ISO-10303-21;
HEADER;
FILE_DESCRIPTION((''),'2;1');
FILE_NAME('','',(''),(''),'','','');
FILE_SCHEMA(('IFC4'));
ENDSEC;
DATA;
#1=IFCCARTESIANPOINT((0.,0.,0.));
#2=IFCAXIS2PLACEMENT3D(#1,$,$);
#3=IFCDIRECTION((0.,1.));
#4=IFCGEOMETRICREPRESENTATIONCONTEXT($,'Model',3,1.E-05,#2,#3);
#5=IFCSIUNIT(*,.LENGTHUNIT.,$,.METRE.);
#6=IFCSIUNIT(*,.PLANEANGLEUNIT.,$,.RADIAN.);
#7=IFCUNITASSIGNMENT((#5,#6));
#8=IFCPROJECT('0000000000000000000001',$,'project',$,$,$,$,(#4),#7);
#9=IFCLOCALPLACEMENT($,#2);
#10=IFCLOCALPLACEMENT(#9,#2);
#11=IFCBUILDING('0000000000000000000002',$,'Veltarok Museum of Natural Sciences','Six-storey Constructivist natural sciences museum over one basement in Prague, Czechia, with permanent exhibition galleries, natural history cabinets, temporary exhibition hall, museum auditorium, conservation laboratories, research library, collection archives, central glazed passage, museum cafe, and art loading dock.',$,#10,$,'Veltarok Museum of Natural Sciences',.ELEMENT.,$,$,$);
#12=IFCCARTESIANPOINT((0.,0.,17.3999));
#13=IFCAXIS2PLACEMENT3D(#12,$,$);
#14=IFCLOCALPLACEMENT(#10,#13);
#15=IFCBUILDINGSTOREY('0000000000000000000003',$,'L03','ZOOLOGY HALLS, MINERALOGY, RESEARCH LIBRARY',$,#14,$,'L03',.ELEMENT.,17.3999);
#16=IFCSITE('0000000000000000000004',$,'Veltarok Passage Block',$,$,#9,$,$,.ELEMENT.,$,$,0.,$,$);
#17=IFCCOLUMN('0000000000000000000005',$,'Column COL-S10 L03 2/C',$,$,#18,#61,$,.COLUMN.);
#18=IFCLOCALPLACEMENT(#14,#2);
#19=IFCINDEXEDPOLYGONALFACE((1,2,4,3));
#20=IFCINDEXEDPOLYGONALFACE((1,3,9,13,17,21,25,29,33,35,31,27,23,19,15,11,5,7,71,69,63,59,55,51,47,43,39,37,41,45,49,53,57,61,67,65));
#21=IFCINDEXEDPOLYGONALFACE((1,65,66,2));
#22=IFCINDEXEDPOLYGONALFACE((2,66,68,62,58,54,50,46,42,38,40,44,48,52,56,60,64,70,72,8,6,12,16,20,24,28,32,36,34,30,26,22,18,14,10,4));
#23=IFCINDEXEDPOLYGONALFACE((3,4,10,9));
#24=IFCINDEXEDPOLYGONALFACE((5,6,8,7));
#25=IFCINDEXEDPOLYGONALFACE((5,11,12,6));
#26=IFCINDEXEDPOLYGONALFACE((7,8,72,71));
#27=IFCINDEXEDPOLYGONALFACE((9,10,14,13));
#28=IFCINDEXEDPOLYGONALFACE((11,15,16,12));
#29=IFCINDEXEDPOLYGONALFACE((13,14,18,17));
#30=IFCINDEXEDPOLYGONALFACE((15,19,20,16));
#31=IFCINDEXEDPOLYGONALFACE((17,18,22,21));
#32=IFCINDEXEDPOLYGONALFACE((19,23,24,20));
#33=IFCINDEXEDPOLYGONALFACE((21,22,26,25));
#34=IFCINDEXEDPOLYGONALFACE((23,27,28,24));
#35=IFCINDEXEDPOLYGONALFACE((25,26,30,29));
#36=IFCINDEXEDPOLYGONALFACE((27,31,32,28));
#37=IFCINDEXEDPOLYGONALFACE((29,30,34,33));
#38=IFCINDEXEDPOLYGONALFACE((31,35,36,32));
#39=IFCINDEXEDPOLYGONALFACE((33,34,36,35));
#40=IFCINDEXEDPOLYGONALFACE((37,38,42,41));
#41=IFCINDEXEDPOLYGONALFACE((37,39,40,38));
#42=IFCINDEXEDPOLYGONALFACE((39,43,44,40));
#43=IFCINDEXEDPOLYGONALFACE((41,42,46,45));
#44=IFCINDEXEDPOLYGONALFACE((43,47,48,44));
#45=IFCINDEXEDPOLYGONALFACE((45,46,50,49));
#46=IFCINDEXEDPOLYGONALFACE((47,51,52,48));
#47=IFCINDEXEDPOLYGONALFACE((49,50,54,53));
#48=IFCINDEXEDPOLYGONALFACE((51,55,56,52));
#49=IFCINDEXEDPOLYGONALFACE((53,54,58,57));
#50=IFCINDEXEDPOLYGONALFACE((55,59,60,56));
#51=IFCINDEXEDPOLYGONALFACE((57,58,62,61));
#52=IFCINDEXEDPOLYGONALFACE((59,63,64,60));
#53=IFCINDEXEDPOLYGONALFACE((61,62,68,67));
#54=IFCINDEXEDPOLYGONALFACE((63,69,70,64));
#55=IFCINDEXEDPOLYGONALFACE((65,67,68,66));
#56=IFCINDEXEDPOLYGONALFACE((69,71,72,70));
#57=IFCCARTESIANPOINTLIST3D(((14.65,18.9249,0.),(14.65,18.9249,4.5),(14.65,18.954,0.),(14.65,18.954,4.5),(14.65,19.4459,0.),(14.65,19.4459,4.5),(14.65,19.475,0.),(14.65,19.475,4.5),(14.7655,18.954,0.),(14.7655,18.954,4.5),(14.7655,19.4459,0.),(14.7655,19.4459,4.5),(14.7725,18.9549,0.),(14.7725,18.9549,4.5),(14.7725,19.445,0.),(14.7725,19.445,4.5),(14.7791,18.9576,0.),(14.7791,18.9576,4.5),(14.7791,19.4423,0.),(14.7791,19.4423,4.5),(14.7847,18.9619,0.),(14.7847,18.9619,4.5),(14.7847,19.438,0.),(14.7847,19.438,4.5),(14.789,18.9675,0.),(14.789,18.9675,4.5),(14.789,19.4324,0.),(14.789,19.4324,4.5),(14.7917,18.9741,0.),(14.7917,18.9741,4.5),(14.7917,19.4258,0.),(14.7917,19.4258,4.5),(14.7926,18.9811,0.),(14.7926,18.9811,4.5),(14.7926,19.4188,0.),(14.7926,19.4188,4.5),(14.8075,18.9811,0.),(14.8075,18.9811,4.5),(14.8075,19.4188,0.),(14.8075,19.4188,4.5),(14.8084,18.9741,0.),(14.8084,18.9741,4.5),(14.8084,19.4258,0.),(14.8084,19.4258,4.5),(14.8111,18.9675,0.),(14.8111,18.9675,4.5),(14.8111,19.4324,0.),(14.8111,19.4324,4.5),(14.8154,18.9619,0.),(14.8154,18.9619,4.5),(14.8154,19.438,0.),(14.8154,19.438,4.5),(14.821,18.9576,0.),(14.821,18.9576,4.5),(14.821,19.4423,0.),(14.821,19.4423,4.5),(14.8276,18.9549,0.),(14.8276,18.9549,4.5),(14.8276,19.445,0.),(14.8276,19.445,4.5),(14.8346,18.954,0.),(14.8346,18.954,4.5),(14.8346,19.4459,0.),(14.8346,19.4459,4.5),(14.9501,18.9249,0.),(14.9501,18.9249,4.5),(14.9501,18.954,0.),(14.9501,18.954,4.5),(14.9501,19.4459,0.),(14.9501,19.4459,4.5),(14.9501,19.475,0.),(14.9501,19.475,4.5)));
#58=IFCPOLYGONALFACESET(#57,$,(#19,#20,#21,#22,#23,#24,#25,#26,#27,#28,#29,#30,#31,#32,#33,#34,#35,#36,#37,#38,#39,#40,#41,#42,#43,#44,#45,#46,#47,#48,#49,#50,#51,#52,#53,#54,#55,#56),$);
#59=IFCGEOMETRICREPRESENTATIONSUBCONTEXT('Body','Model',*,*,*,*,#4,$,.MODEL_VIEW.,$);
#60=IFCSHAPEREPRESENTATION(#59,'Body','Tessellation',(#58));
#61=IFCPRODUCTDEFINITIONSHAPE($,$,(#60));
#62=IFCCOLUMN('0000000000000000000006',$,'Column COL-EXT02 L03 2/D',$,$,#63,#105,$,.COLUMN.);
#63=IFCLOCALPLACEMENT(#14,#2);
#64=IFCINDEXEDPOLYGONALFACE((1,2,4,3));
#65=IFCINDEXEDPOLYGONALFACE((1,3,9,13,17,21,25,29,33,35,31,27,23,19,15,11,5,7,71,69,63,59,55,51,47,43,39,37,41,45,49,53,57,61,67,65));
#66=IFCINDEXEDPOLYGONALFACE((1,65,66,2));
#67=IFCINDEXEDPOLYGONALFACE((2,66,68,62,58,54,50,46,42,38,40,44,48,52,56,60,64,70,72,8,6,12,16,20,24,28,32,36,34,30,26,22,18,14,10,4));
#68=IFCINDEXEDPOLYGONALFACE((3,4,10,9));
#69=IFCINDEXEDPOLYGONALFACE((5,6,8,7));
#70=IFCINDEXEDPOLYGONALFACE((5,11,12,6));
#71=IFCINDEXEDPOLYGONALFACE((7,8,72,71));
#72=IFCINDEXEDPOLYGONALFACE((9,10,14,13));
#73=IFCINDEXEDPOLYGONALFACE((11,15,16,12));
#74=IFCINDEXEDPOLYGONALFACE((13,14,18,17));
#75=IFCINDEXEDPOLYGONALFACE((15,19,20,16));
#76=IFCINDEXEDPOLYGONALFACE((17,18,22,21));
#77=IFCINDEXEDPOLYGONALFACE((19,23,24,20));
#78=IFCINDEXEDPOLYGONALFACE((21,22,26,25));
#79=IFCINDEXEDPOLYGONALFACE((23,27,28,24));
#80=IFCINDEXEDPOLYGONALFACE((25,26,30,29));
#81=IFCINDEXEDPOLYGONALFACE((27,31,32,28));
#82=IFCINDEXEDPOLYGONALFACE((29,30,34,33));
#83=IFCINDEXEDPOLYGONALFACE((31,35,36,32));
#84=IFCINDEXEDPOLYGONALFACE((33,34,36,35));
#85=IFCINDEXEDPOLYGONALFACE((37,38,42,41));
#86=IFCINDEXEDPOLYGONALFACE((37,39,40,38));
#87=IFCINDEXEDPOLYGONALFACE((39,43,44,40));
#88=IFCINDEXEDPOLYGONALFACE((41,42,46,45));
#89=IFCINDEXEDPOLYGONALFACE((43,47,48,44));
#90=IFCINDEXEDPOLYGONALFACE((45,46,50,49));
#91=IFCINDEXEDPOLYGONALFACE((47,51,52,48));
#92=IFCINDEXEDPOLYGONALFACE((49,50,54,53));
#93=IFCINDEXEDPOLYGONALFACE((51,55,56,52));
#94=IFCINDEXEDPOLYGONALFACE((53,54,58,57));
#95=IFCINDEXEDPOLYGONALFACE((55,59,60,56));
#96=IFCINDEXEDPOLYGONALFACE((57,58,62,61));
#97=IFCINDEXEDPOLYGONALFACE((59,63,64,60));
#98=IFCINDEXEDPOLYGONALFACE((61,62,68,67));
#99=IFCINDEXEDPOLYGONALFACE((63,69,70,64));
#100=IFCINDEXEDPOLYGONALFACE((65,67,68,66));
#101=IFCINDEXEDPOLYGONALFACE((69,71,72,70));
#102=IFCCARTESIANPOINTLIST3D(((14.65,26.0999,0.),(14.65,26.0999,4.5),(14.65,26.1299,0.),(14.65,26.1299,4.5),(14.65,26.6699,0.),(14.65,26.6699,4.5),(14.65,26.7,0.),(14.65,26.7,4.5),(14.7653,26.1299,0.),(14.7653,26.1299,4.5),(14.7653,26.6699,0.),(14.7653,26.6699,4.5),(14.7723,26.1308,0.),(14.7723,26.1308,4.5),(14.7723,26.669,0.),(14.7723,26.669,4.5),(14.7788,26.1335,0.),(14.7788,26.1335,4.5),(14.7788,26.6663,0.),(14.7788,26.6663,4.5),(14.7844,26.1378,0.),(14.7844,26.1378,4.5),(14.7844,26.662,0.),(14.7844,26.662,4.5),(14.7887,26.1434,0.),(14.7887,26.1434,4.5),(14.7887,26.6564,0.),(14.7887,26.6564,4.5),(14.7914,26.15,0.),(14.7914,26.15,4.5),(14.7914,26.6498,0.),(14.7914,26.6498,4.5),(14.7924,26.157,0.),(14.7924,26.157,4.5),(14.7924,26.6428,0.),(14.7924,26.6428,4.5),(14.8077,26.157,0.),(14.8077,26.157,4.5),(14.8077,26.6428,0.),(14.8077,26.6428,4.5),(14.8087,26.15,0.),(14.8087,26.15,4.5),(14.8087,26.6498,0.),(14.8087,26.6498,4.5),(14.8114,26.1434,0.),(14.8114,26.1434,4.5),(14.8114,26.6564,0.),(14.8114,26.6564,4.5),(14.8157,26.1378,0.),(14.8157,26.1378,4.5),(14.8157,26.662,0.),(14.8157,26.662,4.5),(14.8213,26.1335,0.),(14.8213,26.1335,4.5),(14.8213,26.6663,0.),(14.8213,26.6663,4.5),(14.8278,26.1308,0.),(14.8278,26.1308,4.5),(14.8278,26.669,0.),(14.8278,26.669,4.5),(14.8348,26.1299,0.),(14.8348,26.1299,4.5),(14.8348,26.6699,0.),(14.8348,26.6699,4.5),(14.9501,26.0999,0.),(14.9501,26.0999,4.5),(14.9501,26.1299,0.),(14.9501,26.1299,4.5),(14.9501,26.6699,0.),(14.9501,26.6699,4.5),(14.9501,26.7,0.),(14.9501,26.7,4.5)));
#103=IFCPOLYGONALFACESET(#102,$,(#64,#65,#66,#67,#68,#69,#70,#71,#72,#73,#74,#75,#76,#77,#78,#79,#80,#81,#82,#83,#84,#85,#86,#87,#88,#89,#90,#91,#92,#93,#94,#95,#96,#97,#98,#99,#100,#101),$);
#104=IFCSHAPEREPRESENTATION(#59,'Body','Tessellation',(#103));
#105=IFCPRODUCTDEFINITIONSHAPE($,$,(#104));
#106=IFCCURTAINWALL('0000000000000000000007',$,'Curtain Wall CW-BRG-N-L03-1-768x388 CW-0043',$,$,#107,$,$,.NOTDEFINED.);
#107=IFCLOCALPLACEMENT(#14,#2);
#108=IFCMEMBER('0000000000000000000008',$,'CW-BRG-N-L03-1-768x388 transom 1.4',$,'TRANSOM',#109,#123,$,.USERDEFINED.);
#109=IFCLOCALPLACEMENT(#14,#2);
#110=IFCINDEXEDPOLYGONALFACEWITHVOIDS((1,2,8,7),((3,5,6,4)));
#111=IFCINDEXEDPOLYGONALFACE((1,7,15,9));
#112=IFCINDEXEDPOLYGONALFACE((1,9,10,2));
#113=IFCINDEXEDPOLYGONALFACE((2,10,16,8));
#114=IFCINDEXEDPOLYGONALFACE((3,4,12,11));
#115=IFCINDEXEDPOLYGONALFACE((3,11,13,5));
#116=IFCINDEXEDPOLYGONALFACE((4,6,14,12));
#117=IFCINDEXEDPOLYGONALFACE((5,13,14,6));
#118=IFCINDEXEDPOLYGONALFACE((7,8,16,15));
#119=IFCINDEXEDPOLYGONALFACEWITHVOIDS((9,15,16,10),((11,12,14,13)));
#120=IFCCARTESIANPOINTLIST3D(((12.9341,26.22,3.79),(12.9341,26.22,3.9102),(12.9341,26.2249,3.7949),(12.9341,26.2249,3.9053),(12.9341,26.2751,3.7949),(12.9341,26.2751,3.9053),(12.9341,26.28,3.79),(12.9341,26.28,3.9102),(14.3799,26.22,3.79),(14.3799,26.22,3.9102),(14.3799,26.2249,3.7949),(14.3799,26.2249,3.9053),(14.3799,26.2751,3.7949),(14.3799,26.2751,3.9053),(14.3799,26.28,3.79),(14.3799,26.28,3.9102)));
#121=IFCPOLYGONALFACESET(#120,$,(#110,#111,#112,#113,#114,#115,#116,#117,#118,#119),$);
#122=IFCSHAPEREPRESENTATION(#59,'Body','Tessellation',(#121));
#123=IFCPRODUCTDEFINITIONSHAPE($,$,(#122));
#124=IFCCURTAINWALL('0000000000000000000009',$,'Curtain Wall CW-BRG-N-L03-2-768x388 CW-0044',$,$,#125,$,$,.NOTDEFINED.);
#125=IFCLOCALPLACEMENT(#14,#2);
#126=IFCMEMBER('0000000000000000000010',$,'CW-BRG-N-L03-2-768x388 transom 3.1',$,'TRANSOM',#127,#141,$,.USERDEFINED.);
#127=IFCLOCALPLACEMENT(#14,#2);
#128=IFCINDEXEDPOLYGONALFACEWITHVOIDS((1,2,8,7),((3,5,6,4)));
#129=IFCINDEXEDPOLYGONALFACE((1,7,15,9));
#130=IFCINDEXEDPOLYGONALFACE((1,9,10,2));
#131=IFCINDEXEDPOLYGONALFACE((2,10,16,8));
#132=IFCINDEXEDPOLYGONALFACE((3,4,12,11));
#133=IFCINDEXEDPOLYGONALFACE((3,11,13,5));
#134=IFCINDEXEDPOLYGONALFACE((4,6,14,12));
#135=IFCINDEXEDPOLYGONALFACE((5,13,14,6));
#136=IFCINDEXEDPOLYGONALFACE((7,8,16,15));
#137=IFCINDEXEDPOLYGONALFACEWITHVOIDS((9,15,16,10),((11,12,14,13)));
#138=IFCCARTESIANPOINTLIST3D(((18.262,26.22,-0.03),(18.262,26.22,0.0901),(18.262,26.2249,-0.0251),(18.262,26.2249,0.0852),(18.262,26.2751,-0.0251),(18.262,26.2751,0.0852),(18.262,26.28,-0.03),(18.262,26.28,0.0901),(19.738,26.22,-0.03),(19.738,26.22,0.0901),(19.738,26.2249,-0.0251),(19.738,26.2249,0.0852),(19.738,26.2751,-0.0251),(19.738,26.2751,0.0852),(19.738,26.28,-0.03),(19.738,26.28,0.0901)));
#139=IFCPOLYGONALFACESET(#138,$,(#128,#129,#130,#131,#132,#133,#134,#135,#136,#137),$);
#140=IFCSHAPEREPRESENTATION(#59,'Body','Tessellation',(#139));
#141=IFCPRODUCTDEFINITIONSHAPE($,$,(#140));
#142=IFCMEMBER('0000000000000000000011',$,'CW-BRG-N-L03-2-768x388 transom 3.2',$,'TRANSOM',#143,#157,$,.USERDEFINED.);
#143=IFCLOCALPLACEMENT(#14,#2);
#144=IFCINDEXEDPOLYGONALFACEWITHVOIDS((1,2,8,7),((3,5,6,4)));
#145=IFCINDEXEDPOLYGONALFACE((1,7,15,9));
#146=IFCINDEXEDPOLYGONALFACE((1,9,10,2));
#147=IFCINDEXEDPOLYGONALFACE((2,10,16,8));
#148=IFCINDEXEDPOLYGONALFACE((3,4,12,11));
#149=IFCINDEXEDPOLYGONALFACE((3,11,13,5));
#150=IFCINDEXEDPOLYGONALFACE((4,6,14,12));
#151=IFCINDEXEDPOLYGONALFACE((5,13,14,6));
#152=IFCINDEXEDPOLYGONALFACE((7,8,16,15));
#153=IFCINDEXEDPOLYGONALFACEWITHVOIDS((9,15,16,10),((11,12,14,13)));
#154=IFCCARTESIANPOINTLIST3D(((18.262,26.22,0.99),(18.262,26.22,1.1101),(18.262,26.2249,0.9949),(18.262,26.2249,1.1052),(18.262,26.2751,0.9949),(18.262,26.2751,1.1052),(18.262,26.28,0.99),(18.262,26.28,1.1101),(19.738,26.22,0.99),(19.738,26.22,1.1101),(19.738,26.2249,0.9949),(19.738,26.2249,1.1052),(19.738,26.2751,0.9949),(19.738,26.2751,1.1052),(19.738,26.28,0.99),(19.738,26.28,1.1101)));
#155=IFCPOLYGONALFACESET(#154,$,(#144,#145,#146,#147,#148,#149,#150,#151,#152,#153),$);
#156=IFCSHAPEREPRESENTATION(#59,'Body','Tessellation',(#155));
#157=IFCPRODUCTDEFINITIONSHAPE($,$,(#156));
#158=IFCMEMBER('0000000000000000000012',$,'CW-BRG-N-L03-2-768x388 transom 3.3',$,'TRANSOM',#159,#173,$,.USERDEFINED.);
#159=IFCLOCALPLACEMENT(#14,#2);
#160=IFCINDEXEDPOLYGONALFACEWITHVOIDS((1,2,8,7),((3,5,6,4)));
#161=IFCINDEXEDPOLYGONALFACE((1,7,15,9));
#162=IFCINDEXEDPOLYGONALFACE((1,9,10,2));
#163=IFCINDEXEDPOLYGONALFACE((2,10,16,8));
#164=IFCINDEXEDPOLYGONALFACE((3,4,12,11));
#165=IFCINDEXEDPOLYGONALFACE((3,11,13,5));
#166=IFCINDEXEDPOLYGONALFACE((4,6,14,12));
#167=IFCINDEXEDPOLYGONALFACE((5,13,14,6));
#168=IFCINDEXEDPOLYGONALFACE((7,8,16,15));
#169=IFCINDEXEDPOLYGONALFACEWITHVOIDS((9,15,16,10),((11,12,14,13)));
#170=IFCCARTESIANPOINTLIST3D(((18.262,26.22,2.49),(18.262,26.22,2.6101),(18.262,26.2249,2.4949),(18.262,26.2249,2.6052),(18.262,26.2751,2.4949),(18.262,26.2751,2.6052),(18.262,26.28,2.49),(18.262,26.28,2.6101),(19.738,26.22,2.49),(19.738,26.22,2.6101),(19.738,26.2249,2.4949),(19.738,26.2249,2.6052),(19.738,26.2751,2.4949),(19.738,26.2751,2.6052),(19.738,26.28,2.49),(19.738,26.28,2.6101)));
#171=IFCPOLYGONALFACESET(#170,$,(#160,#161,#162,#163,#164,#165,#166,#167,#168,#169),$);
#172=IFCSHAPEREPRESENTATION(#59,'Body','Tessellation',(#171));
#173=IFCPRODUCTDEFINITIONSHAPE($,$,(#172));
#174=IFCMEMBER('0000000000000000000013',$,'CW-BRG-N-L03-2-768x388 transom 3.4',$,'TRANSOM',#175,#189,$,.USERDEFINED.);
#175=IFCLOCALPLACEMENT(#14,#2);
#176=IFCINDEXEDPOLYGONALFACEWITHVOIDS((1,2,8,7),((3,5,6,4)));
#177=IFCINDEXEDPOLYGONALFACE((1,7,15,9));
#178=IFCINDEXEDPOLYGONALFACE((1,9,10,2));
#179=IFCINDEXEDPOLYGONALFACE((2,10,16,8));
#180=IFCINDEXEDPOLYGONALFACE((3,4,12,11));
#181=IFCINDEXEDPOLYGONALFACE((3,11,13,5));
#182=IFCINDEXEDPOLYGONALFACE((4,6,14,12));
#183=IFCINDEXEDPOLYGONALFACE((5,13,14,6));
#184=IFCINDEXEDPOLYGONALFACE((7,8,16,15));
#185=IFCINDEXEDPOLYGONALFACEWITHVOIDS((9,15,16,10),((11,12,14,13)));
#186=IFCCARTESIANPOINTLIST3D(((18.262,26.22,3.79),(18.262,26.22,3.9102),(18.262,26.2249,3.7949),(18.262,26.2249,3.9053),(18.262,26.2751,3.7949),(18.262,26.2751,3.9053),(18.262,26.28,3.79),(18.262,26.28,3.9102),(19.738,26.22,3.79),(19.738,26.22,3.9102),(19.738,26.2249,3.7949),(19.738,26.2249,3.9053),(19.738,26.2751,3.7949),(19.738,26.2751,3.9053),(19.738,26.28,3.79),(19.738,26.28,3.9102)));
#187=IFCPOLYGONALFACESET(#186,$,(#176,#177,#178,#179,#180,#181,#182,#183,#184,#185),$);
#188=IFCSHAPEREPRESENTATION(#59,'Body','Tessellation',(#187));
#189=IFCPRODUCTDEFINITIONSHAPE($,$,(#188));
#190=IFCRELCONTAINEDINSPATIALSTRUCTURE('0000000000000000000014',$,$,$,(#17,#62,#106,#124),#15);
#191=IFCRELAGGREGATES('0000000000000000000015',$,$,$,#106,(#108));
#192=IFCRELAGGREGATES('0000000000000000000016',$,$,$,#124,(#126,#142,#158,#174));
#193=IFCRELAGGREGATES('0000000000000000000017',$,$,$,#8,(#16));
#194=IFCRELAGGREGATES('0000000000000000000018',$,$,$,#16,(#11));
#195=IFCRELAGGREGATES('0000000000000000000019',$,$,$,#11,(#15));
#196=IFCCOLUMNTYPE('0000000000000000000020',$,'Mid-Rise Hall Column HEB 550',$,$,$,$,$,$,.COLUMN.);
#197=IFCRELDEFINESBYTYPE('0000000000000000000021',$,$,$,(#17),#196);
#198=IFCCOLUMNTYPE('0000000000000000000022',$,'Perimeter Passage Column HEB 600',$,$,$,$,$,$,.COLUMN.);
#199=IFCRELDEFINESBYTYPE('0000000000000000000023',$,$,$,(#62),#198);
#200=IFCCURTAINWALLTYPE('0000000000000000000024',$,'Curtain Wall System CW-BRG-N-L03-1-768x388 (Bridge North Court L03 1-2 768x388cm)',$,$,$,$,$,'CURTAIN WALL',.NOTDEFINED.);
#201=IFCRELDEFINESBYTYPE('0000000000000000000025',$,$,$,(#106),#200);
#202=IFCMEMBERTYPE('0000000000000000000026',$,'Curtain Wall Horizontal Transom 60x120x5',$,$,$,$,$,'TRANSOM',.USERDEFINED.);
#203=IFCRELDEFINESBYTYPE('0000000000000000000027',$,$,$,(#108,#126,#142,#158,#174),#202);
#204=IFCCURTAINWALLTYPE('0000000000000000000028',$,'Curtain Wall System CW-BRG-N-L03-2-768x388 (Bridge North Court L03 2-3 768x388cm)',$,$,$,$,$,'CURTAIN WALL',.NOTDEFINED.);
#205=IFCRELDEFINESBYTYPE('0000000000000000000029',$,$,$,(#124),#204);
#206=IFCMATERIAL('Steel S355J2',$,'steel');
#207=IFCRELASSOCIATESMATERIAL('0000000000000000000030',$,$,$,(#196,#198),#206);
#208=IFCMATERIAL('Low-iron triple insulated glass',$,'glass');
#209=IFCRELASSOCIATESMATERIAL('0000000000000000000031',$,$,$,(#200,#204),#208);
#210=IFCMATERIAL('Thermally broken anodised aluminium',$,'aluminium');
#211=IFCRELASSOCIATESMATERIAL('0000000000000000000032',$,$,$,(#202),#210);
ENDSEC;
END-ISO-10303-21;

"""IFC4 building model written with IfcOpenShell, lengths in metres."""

from ifc_helpers import new_model, si_unit, direction, frame, origin, origin_2d, place, context, subcontext, project, spatial, hollow_rectangle, i_section, extrude, material, material_profile, profile_set, type_object, element, aggregate, save


model = new_model("IFC4")

# Units and contexts
model_context = context("Model", 3, precision=1e-05, world=origin(), true_north=direction((0.0, 1.0)))
body_context = subcontext(model_context, "Body", "Model", "MODEL_VIEW")
ifc_project = project(units=[si_unit("LENGTHUNIT", "METRE"), si_unit("PLANEANGLEUNIT", "RADIAN")], contexts=[model_context])

# Site, building, storey
site_placement = place(None, origin())
site = spatial("IfcSite", under=ifc_project, at=site_placement, Name="Veltarok Passage Block", CompositionType="ELEMENT", RefElevation=0.0)
building_placement = place(site_placement, origin())
building = spatial("IfcBuilding", under=site, at=building_placement, Name="Veltarok Museum of Natural Sciences", Description="Six-storey Constructivist natural sciences museum over one basement in Prague, Czechia, with permanent exhibition galleries, natural history cabinets, temporary exhibition hall, museum auditorium, conservation laboratories, research library, collection archives, central glazed passage, museum cafe, and art loading dock.", LongName="Veltarok Museum of Natural Sciences", CompositionType="ELEMENT")
storey_placement = place(building_placement, frame((0.0, 0.0, 17.3999)))
storey = spatial("IfcBuildingStorey", under=building, at=storey_placement, Name="L03", Description="ZOOLOGY HALLS, MINERALOGY, RESEARCH LIBRARY", LongName="L03", CompositionType="ELEMENT", Elevation=17.3999)

# Columns
ifc_material_1 = material(Name="Steel S355J2", Category="steel")
ifc_material_profile_1 = material_profile(ifc_material_1, i_section(OverallWidth=0.3, OverallDepth=0.55, WebThickness=0.0149, FlangeThickness=0.0291, FilletRadius=0.0271, at=origin_2d()), Name="HEB 550")
ifc_profile_set_1 = profile_set([ifc_material_profile_1], Name="Steel S355J2")
column_type_1 = type_object("IfcColumnType", Name="Mid-Rise Hall Column HEB 550", PredefinedType="COLUMN", material=ifc_profile_set_1)
column_1_placement = place(storey_placement, frame((14.8, 19.2, 0.0), z_axis=(0.0, 0.0, 1.0), x_axis=(1.0, 0.0, 0.0)))
element("IfcColumn", 1, at=column_1_placement, inside=storey, type_object=column_type_1, Name="Column COL-S10 L03 2/C", PredefinedType="COLUMN", context=body_context, shape_type="SweptSolid", body=[
    extrude(i_section(OverallWidth=0.3, OverallDepth=0.55, WebThickness=0.0149, FlangeThickness=0.0291, FilletRadius=0.0271, at=origin_2d()), origin(), (0.0, 0.0, 1.0), 4.5),
])
ifc_material_profile_2 = material_profile(ifc_material_1, i_section(OverallWidth=0.3, OverallDepth=0.6001, WebThickness=0.0154, FlangeThickness=0.03, FilletRadius=0.0271, at=origin_2d()), Name="HEB 600")
ifc_profile_set_2 = profile_set([ifc_material_profile_2], Name="Steel S355J2")
column_type_2 = type_object("IfcColumnType", Name="Perimeter Passage Column HEB 600", PredefinedType="COLUMN", material=ifc_profile_set_2)
column_2_placement = place(storey_placement, frame((14.8, 26.3999, 0.0), z_axis=(0.0, 0.0, 1.0), x_axis=(1.0, 0.0, 0.0)))
element("IfcColumn", 2, at=column_2_placement, inside=storey, type_object=column_type_2, Name="Column COL-EXT02 L03 2/D", PredefinedType="COLUMN", context=body_context, shape_type="SweptSolid", body=[
    extrude(i_section(OverallWidth=0.3, OverallDepth=0.6001, WebThickness=0.0154, FlangeThickness=0.03, FilletRadius=0.0271, at=origin_2d()), origin(), (0.0, 0.0, 1.0), 4.5),
])

# Curtain wall, member
ifc_material_2 = material(Name="Low-iron triple insulated glass", Category="glass")
curtain_wall_type_1 = type_object("IfcCurtainWallType", Name="Curtain Wall System CW-BRG-N-L03-1-768x388 (Bridge North Court L03 1-2 768x388cm)", ElementType="CURTAIN WALL", PredefinedType="NOTDEFINED", material=ifc_material_2)
curtain_wall_1_placement = place(storey_placement, origin())
curtain_wall_1 = element("IfcCurtainWall", 3, at=curtain_wall_1_placement, inside=storey, type_object=curtain_wall_type_1, Name="Curtain Wall CW-BRG-N-L03-1-768x388 CW-0043", PredefinedType="NOTDEFINED")
ifc_material_3 = material(Name="Thermally broken anodised aluminium", Category="aluminium")
ifc_material_profile_3 = material_profile(ifc_material_3, hollow_rectangle(XDim=0.0601, YDim=0.1201, WallThickness=0.0049, at=origin_2d()), Name="CW TRANSOM 60x120x5")
ifc_profile_set_3 = profile_set([ifc_material_profile_3], Name="Thermally broken anodised aluminium")
member_type_1 = type_object("IfcMemberType", Name="Curtain Wall Horizontal Transom 60x120x5", ElementType="TRANSOM", PredefinedType="USERDEFINED", material=ifc_profile_set_3)
member_1_placement = place(storey_placement, frame((14.3799, 26.25, 3.8501), z_axis=(-1.0, 0.0, 0.0), x_axis=(0.0, -1.0, 0.0)))
member_1 = element("IfcMember", 4, at=member_1_placement, type_object=member_type_1, Name="CW-BRG-N-L03-1-768x388 transom 1.4", ObjectType="TRANSOM", PredefinedType="USERDEFINED", context=body_context, shape_type="SweptSolid", body=[
    extrude(hollow_rectangle(XDim=0.0601, YDim=0.1201, WallThickness=0.0049, at=origin_2d()), origin(), (0.0, 0.0, 1.0), 1.4458),
])

# Curtain wall, members
curtain_wall_type_2 = type_object("IfcCurtainWallType", Name="Curtain Wall System CW-BRG-N-L03-2-768x388 (Bridge North Court L03 2-3 768x388cm)", ElementType="CURTAIN WALL", PredefinedType="NOTDEFINED", material=ifc_material_2)
curtain_wall_2_placement = place(storey_placement, origin())
curtain_wall_2 = element("IfcCurtainWall", 5, at=curtain_wall_2_placement, inside=storey, type_object=curtain_wall_type_2, Name="Curtain Wall CW-BRG-N-L03-2-768x388 CW-0044", PredefinedType="NOTDEFINED")
member_2_placement = place(storey_placement, frame((19.738, 26.25, 0.03), z_axis=(-1.0, 0.0, 0.0), x_axis=(0.0, -1.0, 0.0)))
member_2 = element("IfcMember", 6, at=member_2_placement, type_object=member_type_1, Name="CW-BRG-N-L03-2-768x388 transom 3.1", ObjectType="TRANSOM", PredefinedType="USERDEFINED", context=body_context, shape_type="SweptSolid", body=[
    extrude(hollow_rectangle(XDim=0.0601, YDim=0.1201, WallThickness=0.0049, at=origin_2d()), origin(), (0.0, 0.0, 1.0), 1.4761),
])
member_3_placement = place(storey_placement, frame((19.738, 26.25, 1.05), z_axis=(-1.0, 0.0, 0.0), x_axis=(0.0, -1.0, 0.0)))
member_3 = element("IfcMember", 7, at=member_3_placement, type_object=member_type_1, Name="CW-BRG-N-L03-2-768x388 transom 3.2", ObjectType="TRANSOM", PredefinedType="USERDEFINED", context=body_context, shape_type="SweptSolid", body=[
    extrude(hollow_rectangle(XDim=0.0601, YDim=0.1201, WallThickness=0.0049, at=origin_2d()), origin(), (0.0, 0.0, 1.0), 1.4761),
])
member_4_placement = place(storey_placement, frame((19.738, 26.25, 2.55), z_axis=(-1.0, 0.0, 0.0), x_axis=(0.0, -1.0, 0.0)))
member_4 = element("IfcMember", 8, at=member_4_placement, type_object=member_type_1, Name="CW-BRG-N-L03-2-768x388 transom 3.3", ObjectType="TRANSOM", PredefinedType="USERDEFINED", context=body_context, shape_type="SweptSolid", body=[
    extrude(hollow_rectangle(XDim=0.0601, YDim=0.1201, WallThickness=0.0049, at=origin_2d()), origin(), (0.0, 0.0, 1.0), 1.4761),
])
member_5_placement = place(storey_placement, frame((19.738, 26.25, 3.8501), z_axis=(-1.0, 0.0, 0.0), x_axis=(0.0, -1.0, 0.0)))
member_5 = element("IfcMember", 9, at=member_5_placement, type_object=member_type_1, Name="CW-BRG-N-L03-2-768x388 transom 3.4", ObjectType="TRANSOM", PredefinedType="USERDEFINED", context=body_context, shape_type="SweptSolid", body=[
    extrude(hollow_rectangle(XDim=0.0601, YDim=0.1201, WallThickness=0.0049, at=origin_2d()), origin(), (0.0, 0.0, 1.0), 1.4761),
])

aggregate(curtain_wall_1, [member_1])

aggregate(curtain_wall_2, [member_2, member_3, member_4, member_5])

save(model, "model.ifc")
